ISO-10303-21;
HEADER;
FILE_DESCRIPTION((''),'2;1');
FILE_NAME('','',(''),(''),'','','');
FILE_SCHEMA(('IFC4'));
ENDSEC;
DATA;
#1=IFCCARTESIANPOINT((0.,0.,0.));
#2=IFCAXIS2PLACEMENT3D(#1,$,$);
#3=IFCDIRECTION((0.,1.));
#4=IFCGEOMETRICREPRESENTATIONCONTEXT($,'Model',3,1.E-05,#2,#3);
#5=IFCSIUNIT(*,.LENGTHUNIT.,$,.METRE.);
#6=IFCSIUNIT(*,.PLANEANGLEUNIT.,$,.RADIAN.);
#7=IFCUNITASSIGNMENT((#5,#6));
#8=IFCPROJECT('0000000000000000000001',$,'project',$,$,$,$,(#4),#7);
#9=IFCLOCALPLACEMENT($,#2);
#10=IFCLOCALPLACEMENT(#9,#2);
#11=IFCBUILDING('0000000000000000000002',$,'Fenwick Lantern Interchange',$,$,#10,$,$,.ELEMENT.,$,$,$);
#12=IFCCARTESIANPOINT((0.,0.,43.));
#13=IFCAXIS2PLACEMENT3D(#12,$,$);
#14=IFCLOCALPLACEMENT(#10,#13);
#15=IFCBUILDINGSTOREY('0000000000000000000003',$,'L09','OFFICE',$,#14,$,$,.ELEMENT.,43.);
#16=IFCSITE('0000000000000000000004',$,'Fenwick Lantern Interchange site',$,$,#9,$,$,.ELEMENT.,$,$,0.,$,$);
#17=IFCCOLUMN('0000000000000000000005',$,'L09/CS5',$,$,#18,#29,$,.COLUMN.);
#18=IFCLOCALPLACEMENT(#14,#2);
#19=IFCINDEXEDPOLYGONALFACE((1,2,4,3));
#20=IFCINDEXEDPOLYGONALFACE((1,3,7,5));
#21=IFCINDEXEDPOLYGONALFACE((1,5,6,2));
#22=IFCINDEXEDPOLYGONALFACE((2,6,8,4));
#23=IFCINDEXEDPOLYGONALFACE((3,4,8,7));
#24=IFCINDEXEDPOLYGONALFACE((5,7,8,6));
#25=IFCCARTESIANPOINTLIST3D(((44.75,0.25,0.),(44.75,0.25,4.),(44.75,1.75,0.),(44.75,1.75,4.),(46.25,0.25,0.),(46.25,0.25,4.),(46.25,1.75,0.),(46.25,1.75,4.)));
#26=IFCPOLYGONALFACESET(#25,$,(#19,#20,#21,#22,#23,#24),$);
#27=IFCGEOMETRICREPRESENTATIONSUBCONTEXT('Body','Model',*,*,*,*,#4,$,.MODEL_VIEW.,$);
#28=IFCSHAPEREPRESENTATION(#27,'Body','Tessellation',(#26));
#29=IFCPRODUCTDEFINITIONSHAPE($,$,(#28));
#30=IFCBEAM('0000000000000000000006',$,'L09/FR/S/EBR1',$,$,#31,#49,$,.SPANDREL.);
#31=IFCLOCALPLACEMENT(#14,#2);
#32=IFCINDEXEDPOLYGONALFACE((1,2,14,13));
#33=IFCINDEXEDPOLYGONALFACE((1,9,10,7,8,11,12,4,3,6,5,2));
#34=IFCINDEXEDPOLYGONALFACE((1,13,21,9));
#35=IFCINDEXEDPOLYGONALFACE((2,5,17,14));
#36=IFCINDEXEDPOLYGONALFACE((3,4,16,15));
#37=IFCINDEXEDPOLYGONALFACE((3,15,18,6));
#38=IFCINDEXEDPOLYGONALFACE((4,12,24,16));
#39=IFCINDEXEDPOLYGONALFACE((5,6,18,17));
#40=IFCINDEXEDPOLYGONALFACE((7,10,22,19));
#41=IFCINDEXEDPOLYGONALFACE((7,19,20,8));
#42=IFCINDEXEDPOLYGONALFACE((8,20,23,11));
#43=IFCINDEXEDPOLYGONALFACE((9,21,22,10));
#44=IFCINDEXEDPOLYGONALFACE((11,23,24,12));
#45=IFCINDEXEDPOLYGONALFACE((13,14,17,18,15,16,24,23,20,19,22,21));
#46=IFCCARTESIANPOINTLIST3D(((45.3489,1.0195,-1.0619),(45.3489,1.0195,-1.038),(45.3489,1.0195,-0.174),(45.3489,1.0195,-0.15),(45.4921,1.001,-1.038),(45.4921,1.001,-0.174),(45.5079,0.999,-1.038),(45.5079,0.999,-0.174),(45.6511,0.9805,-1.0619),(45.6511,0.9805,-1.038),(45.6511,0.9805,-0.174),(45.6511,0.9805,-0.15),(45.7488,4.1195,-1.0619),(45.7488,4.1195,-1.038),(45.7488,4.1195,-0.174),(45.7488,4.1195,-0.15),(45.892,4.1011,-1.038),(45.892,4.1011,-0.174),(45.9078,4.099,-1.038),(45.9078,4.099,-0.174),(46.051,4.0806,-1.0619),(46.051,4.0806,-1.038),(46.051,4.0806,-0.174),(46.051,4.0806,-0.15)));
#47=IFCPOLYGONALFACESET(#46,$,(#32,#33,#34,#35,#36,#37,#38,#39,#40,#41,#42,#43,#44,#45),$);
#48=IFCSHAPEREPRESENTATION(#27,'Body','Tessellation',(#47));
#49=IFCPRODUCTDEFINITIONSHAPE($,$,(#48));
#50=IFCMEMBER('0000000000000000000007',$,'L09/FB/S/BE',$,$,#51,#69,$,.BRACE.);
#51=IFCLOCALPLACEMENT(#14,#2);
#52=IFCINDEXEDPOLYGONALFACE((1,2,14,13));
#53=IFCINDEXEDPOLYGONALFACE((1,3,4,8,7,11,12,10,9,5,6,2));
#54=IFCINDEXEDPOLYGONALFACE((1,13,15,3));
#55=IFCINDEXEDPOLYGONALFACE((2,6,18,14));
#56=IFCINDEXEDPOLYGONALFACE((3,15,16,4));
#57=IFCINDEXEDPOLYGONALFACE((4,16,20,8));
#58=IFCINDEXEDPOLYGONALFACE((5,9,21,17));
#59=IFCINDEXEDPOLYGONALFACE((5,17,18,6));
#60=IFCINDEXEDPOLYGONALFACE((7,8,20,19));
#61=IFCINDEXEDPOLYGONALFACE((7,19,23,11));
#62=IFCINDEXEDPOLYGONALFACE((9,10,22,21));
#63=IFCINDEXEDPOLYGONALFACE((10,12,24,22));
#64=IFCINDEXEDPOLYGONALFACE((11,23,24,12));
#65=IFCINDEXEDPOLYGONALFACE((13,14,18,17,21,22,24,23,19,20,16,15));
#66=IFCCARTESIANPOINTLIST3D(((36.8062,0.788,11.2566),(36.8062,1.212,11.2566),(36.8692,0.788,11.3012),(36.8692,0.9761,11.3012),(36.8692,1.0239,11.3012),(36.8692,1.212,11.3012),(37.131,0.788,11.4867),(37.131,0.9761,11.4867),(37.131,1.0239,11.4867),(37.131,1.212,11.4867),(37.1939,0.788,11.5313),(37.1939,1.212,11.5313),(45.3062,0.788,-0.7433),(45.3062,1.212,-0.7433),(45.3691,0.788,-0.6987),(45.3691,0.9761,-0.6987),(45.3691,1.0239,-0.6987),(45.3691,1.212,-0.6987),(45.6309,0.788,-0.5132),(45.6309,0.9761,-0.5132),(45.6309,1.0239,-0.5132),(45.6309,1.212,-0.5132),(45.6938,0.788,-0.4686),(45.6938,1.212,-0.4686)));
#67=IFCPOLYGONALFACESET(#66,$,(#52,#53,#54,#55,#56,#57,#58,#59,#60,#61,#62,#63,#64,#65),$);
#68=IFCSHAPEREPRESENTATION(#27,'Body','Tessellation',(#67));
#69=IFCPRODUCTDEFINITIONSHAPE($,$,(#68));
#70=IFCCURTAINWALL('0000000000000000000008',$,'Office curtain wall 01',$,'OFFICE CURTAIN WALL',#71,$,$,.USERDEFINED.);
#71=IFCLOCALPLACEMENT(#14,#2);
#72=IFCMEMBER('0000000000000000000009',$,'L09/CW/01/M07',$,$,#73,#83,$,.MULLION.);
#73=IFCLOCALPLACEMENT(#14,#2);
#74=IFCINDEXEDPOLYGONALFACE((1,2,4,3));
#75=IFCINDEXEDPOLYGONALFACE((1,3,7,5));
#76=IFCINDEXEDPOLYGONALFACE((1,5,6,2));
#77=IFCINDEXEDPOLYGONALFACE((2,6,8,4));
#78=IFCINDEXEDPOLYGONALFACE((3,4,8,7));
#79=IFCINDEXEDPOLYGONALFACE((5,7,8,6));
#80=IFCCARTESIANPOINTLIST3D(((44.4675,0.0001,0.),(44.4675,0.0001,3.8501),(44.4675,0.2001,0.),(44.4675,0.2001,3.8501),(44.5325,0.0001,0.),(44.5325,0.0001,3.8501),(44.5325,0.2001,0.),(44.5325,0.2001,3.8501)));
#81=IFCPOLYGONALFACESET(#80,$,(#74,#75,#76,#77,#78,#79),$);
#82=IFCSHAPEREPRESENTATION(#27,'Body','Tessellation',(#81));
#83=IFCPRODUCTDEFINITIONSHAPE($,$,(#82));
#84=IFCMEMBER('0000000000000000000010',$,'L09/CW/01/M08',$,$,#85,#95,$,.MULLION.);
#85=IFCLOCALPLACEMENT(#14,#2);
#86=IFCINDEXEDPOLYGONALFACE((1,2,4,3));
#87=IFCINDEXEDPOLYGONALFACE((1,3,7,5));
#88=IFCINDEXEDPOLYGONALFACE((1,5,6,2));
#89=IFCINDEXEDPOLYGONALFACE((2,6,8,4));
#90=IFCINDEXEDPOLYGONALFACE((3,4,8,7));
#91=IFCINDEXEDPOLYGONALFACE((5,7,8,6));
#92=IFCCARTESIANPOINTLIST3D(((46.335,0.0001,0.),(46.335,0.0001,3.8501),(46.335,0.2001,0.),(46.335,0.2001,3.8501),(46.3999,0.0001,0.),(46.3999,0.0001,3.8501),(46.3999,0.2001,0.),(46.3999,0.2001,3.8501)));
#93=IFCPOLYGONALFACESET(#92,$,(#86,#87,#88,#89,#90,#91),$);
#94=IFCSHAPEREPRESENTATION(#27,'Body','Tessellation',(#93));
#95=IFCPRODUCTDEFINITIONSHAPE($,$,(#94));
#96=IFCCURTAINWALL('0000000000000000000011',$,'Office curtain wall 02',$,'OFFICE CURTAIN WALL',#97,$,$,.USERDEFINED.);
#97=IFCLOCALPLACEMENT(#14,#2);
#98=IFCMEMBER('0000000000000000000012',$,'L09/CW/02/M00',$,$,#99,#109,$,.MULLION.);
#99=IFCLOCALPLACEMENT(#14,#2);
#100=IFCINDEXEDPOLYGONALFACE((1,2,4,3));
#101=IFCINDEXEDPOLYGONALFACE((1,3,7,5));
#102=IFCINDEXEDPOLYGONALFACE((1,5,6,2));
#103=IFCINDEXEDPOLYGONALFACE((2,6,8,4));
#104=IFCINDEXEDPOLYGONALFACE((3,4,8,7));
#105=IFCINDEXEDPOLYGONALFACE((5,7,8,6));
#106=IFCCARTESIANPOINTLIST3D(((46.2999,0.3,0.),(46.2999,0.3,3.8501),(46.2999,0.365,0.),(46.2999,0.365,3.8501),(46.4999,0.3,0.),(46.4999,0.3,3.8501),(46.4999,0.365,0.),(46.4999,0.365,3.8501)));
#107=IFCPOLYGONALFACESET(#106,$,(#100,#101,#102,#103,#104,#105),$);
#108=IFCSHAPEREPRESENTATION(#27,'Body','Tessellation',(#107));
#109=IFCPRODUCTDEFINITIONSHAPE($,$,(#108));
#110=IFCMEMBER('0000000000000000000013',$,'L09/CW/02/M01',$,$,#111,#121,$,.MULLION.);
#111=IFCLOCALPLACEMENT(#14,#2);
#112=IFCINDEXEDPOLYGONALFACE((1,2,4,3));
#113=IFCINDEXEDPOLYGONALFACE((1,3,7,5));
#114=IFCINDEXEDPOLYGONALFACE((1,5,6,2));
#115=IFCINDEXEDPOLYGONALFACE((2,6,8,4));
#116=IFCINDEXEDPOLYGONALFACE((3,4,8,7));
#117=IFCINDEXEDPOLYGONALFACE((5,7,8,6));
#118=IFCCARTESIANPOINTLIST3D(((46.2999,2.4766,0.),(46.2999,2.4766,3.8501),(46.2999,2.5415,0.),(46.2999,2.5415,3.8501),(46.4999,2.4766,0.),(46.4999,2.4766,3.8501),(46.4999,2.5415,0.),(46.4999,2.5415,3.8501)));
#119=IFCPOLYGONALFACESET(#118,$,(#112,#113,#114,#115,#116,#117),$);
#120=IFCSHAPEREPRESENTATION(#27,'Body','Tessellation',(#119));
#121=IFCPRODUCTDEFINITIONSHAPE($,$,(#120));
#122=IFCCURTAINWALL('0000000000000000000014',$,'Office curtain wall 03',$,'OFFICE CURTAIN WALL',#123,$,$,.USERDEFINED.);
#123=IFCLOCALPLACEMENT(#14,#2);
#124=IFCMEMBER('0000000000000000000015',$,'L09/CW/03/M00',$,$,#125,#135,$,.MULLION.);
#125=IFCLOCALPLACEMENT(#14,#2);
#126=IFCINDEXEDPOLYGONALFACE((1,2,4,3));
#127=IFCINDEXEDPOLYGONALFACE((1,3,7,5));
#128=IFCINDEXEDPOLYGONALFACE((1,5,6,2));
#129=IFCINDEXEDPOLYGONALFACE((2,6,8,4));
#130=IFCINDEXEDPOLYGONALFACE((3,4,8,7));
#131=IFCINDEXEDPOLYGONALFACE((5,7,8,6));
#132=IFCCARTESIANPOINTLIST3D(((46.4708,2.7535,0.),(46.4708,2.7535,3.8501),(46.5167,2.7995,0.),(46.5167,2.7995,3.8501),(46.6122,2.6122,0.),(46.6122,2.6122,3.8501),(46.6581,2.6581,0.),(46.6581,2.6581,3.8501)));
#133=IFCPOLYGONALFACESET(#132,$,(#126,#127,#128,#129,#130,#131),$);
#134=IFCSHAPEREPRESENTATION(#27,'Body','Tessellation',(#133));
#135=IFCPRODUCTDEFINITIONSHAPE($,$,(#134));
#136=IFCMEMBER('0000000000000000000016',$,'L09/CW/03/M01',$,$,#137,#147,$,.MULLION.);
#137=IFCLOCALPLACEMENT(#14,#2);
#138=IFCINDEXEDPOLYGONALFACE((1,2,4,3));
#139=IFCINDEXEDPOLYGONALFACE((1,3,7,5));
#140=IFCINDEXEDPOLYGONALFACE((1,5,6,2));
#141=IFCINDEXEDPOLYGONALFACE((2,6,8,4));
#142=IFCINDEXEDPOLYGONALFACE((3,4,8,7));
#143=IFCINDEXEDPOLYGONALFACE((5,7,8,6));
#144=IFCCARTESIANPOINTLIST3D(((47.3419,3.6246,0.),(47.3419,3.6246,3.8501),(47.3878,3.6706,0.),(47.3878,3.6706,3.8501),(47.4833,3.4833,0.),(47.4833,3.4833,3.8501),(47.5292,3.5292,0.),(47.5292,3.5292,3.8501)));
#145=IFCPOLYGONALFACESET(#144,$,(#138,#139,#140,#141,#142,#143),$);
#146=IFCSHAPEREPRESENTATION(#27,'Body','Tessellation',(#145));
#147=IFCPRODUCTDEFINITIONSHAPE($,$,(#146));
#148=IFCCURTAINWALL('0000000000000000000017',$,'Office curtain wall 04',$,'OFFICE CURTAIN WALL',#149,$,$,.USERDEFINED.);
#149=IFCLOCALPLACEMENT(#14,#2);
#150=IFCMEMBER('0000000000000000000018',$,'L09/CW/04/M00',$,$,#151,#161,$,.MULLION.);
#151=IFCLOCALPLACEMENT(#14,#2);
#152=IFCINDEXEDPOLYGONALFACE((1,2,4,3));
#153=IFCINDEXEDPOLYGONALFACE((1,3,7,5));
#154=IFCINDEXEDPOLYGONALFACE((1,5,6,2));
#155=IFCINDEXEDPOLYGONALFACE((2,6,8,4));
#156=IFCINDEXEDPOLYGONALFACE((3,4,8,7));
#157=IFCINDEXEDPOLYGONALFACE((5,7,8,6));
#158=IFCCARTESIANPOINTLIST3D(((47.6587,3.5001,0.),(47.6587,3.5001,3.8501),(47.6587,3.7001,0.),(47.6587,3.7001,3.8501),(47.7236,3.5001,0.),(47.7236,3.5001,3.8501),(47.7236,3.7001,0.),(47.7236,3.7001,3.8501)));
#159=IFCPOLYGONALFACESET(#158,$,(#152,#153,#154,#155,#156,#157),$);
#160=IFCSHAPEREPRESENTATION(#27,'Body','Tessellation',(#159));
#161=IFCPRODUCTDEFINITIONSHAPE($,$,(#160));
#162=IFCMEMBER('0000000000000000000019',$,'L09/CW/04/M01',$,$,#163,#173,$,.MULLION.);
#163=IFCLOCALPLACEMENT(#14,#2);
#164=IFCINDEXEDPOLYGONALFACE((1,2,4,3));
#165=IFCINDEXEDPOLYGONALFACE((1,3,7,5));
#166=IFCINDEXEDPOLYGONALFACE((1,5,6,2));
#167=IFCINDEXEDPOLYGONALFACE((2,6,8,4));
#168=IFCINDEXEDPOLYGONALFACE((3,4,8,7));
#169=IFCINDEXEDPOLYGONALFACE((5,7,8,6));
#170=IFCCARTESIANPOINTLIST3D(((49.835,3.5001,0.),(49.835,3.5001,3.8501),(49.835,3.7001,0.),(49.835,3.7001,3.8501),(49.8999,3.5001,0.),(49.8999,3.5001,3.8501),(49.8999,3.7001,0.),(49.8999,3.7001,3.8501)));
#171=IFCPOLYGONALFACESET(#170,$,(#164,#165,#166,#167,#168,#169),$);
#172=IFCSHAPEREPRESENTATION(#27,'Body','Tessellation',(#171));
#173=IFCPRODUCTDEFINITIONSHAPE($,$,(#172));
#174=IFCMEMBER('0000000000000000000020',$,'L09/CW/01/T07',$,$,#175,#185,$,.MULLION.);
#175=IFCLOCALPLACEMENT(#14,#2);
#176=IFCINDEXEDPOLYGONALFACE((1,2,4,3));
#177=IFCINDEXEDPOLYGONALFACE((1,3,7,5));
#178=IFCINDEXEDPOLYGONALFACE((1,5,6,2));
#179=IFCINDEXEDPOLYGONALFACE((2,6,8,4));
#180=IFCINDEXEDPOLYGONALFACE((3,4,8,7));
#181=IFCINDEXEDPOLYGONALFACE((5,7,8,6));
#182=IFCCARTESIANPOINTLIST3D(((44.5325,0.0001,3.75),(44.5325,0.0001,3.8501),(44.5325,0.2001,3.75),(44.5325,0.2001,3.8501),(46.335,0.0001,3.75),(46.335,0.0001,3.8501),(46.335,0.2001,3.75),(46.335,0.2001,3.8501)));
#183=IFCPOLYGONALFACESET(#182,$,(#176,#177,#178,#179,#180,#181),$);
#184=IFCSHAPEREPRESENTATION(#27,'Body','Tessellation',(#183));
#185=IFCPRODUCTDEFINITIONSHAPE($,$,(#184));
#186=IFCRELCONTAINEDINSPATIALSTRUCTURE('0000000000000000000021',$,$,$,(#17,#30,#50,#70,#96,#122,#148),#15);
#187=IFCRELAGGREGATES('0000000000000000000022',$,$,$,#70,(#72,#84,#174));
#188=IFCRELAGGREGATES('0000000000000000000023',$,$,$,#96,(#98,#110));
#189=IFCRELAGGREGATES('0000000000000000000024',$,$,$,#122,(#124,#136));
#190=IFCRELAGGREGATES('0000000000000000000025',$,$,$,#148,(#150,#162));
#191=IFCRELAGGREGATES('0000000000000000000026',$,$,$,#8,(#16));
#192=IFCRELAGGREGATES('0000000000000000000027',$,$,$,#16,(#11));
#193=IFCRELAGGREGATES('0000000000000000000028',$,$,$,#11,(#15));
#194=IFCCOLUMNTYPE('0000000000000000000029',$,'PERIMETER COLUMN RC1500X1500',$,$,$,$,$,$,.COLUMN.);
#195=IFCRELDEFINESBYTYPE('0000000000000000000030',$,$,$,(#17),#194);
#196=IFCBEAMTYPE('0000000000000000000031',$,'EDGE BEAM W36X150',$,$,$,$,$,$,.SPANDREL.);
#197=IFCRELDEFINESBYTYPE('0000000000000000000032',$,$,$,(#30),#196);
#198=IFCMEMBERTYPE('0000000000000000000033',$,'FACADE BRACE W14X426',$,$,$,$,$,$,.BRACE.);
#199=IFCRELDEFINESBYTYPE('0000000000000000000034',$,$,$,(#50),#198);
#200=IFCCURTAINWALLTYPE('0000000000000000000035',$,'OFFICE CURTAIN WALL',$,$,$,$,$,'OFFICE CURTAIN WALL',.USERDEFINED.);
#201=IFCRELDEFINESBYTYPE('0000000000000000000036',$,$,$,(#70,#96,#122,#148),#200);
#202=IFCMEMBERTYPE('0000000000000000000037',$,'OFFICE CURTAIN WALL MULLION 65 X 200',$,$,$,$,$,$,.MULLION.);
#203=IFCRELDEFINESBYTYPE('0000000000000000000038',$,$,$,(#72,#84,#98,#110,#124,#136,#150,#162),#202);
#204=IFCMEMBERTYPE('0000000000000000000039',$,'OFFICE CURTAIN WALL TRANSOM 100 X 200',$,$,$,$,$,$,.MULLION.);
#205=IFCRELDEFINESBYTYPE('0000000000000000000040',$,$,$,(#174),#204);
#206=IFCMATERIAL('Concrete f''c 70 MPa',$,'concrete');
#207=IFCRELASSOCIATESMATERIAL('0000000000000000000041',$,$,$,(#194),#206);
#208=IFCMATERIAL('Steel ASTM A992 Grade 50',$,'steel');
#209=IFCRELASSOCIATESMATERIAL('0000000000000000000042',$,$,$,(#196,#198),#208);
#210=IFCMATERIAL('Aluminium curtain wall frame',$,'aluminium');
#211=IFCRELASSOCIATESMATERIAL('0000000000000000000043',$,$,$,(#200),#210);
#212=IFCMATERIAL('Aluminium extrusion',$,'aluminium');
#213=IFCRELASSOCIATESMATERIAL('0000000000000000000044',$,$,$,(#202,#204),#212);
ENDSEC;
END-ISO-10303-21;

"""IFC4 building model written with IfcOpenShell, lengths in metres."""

from ifc_helpers import new_model, si_unit, direction, frame, origin, origin_2d, place, context, subcontext, project, spatial, rectangle, i_section, extrude, material, material_profile, profile_set, type_object, element, aggregate, save


model = new_model("IFC4")

# Units and contexts
model_context = context("Model", 3, precision=1e-05, world=origin(), true_north=direction((0.0, 1.0)))
body_context = subcontext(model_context, "Body", "Model", "MODEL_VIEW")
ifc_project = project(units=[si_unit("LENGTHUNIT", "METRE"), si_unit("PLANEANGLEUNIT", "RADIAN")], contexts=[model_context])

# Site, building, storey
site_placement = place(None, origin())
site = spatial("IfcSite", under=ifc_project, at=site_placement, Name="Fenwick Lantern Interchange site", CompositionType="ELEMENT", RefElevation=0.0)
building_placement = place(site_placement, origin())
building = spatial("IfcBuilding", under=site, at=building_placement, Name="Fenwick Lantern Interchange", CompositionType="ELEMENT")
storey_placement = place(building_placement, frame((0.0, 0.0, 43.0)))
storey = spatial("IfcBuildingStorey", under=building, at=storey_placement, Name="L09", Description="OFFICE", CompositionType="ELEMENT", Elevation=43.0)

# Column
ifc_material_1 = material(Name="Concrete f'c 70 MPa", Category="concrete")
ifc_material_profile_1 = material_profile(ifc_material_1, rectangle(XDim=1.5, YDim=1.5, at=origin_2d()), Name="RC1500X1500")
ifc_profile_set_1 = profile_set([ifc_material_profile_1], Name="Concrete f'c 70 MPa")
column_type = type_object("IfcColumnType", Name="PERIMETER COLUMN RC1500X1500", PredefinedType="COLUMN", material=ifc_profile_set_1)
column_placement = place(storey_placement, frame((45.5, 1.0, 0.0), z_axis=(0.0, 0.0, 1.0), x_axis=(1.0, 0.0, 0.0)))
element("IfcColumn", 1, at=column_placement, inside=storey, type_object=column_type, Name="L09/CS5", PredefinedType="COLUMN", context=body_context, shape_type="SweptSolid", body=[
    extrude(rectangle(XDim=1.5, YDim=1.5, at=origin_2d()), origin(), (0.0, 0.0, 1.0), 4.0),
])

# Beam
ifc_material_2 = material(Name="Steel ASTM A992 Grade 50", Category="steel")
ifc_material_profile_2 = material_profile(ifc_material_2, i_section(OverallWidth=0.3047, OverallDepth=0.9119, WebThickness=0.0159, FlangeThickness=0.0239, at=origin_2d()), Name="W36X150")
ifc_profile_set_2 = profile_set([ifc_material_profile_2], Name="Steel ASTM A992 Grade 50")
beam_type = type_object("IfcBeamType", Name="EDGE BEAM W36X150", PredefinedType="SPANDREL", material=ifc_profile_set_2)
beam_placement = place(storey_placement, frame((45.5, 1.0, -0.606), z_axis=(0.127937, 0.991782, 0.0), x_axis=(-0.991782, 0.127937, 0.0)))
element("IfcBeam", 2, at=beam_placement, inside=storey, type_object=beam_type, Name="L09/FR/S/EBR1", PredefinedType="SPANDREL", context=body_context, shape_type="SweptSolid", body=[
    extrude(i_section(OverallWidth=0.3047, OverallDepth=0.9119, WebThickness=0.0159, FlangeThickness=0.0239, at=origin_2d()), origin(), (0.0, 0.0, 1.0), 3.1257),
])

# Member
ifc_material_profile_3 = material_profile(ifc_material_2, i_section(OverallWidth=0.4241, OverallDepth=0.4751, WebThickness=0.0479, FlangeThickness=0.0771, at=origin_2d()), Name="W14X426")
ifc_profile_set_3 = profile_set([ifc_material_profile_3], Name="Steel ASTM A992 Grade 50")
member_type_1 = type_object("IfcMemberType", Name="FACADE BRACE W14X426", PredefinedType="BRACE", material=ifc_profile_set_3)
member_1_placement = place(storey_placement, frame((45.5, 1.0, -0.606), z_axis=(-0.578017, 0.0, 0.816024), x_axis=(0.0, -1.0, 0.0)))
element("IfcMember", 3, at=member_1_placement, inside=storey, type_object=member_type_1, Name="L09/FB/S/BE", PredefinedType="BRACE", context=body_context, shape_type="SweptSolid", body=[
    extrude(i_section(OverallWidth=0.4241, OverallDepth=0.4751, WebThickness=0.0479, FlangeThickness=0.0771, at=origin_2d()), origin(), (0.0, 0.0, 1.0), 14.7053),
])

# Curtain walls, members
ifc_material_3 = material(Name="Aluminium curtain wall frame", Category="aluminium")
curtain_wall_type = type_object("IfcCurtainWallType", Name="OFFICE CURTAIN WALL", ElementType="OFFICE CURTAIN WALL", PredefinedType="USERDEFINED", material=ifc_material_3)
curtain_wall_1_placement = place(storey_placement, origin())
curtain_wall_1 = element("IfcCurtainWall", 4, at=curtain_wall_1_placement, inside=storey, type_object=curtain_wall_type, Name="Office curtain wall 01", ObjectType="OFFICE CURTAIN WALL", PredefinedType="USERDEFINED")
ifc_material_4 = material(Name="Aluminium extrusion", Category="aluminium")
ifc_material_profile_4 = material_profile(ifc_material_4, rectangle(XDim=0.2, YDim=0.0649, at=origin_2d()), Name="OFFICE CURTAIN WALL MULLION 65 X 200")
ifc_profile_set_4 = profile_set([ifc_material_profile_4], Name="Aluminium extrusion")
member_type_2 = type_object("IfcMemberType", Name="OFFICE CURTAIN WALL MULLION 65 X 200", PredefinedType="MULLION", material=ifc_profile_set_4)
member_2_placement = place(storey_placement, frame((44.5, 0.1001, 0.0), z_axis=(0.0, 0.0, 1.0), x_axis=(0.0, 1.0, 0.0)))
member_2 = element("IfcMember", 5, at=member_2_placement, type_object=member_type_2, Name="L09/CW/01/M07", PredefinedType="MULLION", context=body_context, shape_type="SweptSolid", body=[
    extrude(rectangle(XDim=0.2, YDim=0.0649, at=origin_2d()), origin(), (0.0, 0.0, 1.0), 3.8501),
])
member_3_placement = place(storey_placement, frame((46.3674, 0.1001, 0.0), z_axis=(0.0, 0.0, 1.0), x_axis=(0.0, 1.0, 0.0)))
member_3 = element("IfcMember", 6, at=member_3_placement, type_object=member_type_2, Name="L09/CW/01/M08", PredefinedType="MULLION", context=body_context, shape_type="SweptSolid", body=[
    extrude(rectangle(XDim=0.2, YDim=0.0649, at=origin_2d()), origin(), (0.0, 0.0, 1.0), 3.8501),
])
curtain_wall_2_placement = place(storey_placement, origin())
curtain_wall_2 = element("IfcCurtainWall", 7, at=curtain_wall_2_placement, inside=storey, type_object=curtain_wall_type, Name="Office curtain wall 02", ObjectType="OFFICE CURTAIN WALL", PredefinedType="USERDEFINED")
member_4_placement = place(storey_placement, frame((46.3999, 0.3325, 0.0), z_axis=(0.0, 0.0, 1.0), x_axis=(-1.0, 0.0, 0.0)))
member_4 = element("IfcMember", 8, at=member_4_placement, type_object=member_type_2, Name="L09/CW/02/M00", PredefinedType="MULLION", context=body_context, shape_type="SweptSolid", body=[
    extrude(rectangle(XDim=0.2, YDim=0.0649, at=origin_2d()), origin(), (0.0, 0.0, 1.0), 3.8501),
])
member_5_placement = place(storey_placement, frame((46.3999, 2.509, 0.0), z_axis=(0.0, 0.0, 1.0), x_axis=(-1.0, 0.0, 0.0)))
member_5 = element("IfcMember", 9, at=member_5_placement, type_object=member_type_2, Name="L09/CW/02/M01", PredefinedType="MULLION", context=body_context, shape_type="SweptSolid", body=[
    extrude(rectangle(XDim=0.2, YDim=0.0649, at=origin_2d()), origin(), (0.0, 0.0, 1.0), 3.8501),
])
curtain_wall_3_placement = place(storey_placement, origin())
curtain_wall_3 = element("IfcCurtainWall", 10, at=curtain_wall_3_placement, inside=storey, type_object=curtain_wall_type, Name="Office curtain wall 03", ObjectType="OFFICE CURTAIN WALL", PredefinedType="USERDEFINED")
member_6_placement = place(storey_placement, frame((46.5645, 2.7058, 0.0), z_axis=(0.0, 0.0, 1.0), x_axis=(-0.707107, 0.707107, 0.0)))
member_6 = element("IfcMember", 11, at=member_6_placement, type_object=member_type_2, Name="L09/CW/03/M00", PredefinedType="MULLION", context=body_context, shape_type="SweptSolid", body=[
    extrude(rectangle(XDim=0.2, YDim=0.0649, at=origin_2d()), origin(), (0.0, 0.0, 1.0), 3.8501),
])
member_7_placement = place(storey_placement, frame((47.4355, 3.5769, 0.0), z_axis=(0.0, 0.0, 1.0), x_axis=(-0.707107, 0.707107, 0.0)))
member_7 = element("IfcMember", 12, at=member_7_placement, type_object=member_type_2, Name="L09/CW/03/M01", PredefinedType="MULLION", context=body_context, shape_type="SweptSolid", body=[
    extrude(rectangle(XDim=0.2, YDim=0.0649, at=origin_2d()), origin(), (0.0, 0.0, 1.0), 3.8501),
])
curtain_wall_4_placement = place(storey_placement, origin())
curtain_wall_4 = element("IfcCurtainWall", 13, at=curtain_wall_4_placement, inside=storey, type_object=curtain_wall_type, Name="Office curtain wall 04", ObjectType="OFFICE CURTAIN WALL", PredefinedType="USERDEFINED")
member_8_placement = place(storey_placement, frame((47.6912, 3.6001, 0.0), z_axis=(0.0, 0.0, 1.0), x_axis=(0.0, 1.0, 0.0)))
member_8 = element("IfcMember", 14, at=member_8_placement, type_object=member_type_2, Name="L09/CW/04/M00", PredefinedType="MULLION", context=body_context, shape_type="SweptSolid", body=[
    extrude(rectangle(XDim=0.2, YDim=0.0649, at=origin_2d()), origin(), (0.0, 0.0, 1.0), 3.8501),
])
member_9_placement = place(storey_placement, frame((49.8674, 3.6001, 0.0), z_axis=(0.0, 0.0, 1.0), x_axis=(0.0, 1.0, 0.0)))
member_9 = element("IfcMember", 15, at=member_9_placement, type_object=member_type_2, Name="L09/CW/04/M01", PredefinedType="MULLION", context=body_context, shape_type="SweptSolid", body=[
    extrude(rectangle(XDim=0.2, YDim=0.0649, at=origin_2d()), origin(), (0.0, 0.0, 1.0), 3.8501),
])

# Member
ifc_material_profile_5 = material_profile(ifc_material_4, rectangle(XDim=0.2, YDim=0.1001, at=origin_2d()), Name="OFFICE CURTAIN WALL TRANSOM 100 X 200")
ifc_profile_set_5 = profile_set([ifc_material_profile_5], Name="Aluminium extrusion")
member_type_3 = type_object("IfcMemberType", Name="OFFICE CURTAIN WALL TRANSOM 100 X 200", PredefinedType="MULLION", material=ifc_profile_set_5)
member_10_placement = place(storey_placement, frame((44.5325, 0.1001, 3.8), z_axis=(1.0, 0.0, 0.0), x_axis=(0.0, 1.0, 0.0)))
member_10 = element("IfcMember", 16, at=member_10_placement, type_object=member_type_3, Name="L09/CW/01/T07", PredefinedType="MULLION", context=body_context, shape_type="SweptSolid", body=[
    extrude(rectangle(XDim=0.2, YDim=0.1001, at=origin_2d()), origin(), (0.0, 0.0, 1.0), 1.8025),
])
aggregate(curtain_wall_1, [member_2, member_3, member_10])
aggregate(curtain_wall_2, [member_4, member_5])
aggregate(curtain_wall_3, [member_6, member_7])
aggregate(curtain_wall_4, [member_8, member_9])

save(model, "model.ifc")
